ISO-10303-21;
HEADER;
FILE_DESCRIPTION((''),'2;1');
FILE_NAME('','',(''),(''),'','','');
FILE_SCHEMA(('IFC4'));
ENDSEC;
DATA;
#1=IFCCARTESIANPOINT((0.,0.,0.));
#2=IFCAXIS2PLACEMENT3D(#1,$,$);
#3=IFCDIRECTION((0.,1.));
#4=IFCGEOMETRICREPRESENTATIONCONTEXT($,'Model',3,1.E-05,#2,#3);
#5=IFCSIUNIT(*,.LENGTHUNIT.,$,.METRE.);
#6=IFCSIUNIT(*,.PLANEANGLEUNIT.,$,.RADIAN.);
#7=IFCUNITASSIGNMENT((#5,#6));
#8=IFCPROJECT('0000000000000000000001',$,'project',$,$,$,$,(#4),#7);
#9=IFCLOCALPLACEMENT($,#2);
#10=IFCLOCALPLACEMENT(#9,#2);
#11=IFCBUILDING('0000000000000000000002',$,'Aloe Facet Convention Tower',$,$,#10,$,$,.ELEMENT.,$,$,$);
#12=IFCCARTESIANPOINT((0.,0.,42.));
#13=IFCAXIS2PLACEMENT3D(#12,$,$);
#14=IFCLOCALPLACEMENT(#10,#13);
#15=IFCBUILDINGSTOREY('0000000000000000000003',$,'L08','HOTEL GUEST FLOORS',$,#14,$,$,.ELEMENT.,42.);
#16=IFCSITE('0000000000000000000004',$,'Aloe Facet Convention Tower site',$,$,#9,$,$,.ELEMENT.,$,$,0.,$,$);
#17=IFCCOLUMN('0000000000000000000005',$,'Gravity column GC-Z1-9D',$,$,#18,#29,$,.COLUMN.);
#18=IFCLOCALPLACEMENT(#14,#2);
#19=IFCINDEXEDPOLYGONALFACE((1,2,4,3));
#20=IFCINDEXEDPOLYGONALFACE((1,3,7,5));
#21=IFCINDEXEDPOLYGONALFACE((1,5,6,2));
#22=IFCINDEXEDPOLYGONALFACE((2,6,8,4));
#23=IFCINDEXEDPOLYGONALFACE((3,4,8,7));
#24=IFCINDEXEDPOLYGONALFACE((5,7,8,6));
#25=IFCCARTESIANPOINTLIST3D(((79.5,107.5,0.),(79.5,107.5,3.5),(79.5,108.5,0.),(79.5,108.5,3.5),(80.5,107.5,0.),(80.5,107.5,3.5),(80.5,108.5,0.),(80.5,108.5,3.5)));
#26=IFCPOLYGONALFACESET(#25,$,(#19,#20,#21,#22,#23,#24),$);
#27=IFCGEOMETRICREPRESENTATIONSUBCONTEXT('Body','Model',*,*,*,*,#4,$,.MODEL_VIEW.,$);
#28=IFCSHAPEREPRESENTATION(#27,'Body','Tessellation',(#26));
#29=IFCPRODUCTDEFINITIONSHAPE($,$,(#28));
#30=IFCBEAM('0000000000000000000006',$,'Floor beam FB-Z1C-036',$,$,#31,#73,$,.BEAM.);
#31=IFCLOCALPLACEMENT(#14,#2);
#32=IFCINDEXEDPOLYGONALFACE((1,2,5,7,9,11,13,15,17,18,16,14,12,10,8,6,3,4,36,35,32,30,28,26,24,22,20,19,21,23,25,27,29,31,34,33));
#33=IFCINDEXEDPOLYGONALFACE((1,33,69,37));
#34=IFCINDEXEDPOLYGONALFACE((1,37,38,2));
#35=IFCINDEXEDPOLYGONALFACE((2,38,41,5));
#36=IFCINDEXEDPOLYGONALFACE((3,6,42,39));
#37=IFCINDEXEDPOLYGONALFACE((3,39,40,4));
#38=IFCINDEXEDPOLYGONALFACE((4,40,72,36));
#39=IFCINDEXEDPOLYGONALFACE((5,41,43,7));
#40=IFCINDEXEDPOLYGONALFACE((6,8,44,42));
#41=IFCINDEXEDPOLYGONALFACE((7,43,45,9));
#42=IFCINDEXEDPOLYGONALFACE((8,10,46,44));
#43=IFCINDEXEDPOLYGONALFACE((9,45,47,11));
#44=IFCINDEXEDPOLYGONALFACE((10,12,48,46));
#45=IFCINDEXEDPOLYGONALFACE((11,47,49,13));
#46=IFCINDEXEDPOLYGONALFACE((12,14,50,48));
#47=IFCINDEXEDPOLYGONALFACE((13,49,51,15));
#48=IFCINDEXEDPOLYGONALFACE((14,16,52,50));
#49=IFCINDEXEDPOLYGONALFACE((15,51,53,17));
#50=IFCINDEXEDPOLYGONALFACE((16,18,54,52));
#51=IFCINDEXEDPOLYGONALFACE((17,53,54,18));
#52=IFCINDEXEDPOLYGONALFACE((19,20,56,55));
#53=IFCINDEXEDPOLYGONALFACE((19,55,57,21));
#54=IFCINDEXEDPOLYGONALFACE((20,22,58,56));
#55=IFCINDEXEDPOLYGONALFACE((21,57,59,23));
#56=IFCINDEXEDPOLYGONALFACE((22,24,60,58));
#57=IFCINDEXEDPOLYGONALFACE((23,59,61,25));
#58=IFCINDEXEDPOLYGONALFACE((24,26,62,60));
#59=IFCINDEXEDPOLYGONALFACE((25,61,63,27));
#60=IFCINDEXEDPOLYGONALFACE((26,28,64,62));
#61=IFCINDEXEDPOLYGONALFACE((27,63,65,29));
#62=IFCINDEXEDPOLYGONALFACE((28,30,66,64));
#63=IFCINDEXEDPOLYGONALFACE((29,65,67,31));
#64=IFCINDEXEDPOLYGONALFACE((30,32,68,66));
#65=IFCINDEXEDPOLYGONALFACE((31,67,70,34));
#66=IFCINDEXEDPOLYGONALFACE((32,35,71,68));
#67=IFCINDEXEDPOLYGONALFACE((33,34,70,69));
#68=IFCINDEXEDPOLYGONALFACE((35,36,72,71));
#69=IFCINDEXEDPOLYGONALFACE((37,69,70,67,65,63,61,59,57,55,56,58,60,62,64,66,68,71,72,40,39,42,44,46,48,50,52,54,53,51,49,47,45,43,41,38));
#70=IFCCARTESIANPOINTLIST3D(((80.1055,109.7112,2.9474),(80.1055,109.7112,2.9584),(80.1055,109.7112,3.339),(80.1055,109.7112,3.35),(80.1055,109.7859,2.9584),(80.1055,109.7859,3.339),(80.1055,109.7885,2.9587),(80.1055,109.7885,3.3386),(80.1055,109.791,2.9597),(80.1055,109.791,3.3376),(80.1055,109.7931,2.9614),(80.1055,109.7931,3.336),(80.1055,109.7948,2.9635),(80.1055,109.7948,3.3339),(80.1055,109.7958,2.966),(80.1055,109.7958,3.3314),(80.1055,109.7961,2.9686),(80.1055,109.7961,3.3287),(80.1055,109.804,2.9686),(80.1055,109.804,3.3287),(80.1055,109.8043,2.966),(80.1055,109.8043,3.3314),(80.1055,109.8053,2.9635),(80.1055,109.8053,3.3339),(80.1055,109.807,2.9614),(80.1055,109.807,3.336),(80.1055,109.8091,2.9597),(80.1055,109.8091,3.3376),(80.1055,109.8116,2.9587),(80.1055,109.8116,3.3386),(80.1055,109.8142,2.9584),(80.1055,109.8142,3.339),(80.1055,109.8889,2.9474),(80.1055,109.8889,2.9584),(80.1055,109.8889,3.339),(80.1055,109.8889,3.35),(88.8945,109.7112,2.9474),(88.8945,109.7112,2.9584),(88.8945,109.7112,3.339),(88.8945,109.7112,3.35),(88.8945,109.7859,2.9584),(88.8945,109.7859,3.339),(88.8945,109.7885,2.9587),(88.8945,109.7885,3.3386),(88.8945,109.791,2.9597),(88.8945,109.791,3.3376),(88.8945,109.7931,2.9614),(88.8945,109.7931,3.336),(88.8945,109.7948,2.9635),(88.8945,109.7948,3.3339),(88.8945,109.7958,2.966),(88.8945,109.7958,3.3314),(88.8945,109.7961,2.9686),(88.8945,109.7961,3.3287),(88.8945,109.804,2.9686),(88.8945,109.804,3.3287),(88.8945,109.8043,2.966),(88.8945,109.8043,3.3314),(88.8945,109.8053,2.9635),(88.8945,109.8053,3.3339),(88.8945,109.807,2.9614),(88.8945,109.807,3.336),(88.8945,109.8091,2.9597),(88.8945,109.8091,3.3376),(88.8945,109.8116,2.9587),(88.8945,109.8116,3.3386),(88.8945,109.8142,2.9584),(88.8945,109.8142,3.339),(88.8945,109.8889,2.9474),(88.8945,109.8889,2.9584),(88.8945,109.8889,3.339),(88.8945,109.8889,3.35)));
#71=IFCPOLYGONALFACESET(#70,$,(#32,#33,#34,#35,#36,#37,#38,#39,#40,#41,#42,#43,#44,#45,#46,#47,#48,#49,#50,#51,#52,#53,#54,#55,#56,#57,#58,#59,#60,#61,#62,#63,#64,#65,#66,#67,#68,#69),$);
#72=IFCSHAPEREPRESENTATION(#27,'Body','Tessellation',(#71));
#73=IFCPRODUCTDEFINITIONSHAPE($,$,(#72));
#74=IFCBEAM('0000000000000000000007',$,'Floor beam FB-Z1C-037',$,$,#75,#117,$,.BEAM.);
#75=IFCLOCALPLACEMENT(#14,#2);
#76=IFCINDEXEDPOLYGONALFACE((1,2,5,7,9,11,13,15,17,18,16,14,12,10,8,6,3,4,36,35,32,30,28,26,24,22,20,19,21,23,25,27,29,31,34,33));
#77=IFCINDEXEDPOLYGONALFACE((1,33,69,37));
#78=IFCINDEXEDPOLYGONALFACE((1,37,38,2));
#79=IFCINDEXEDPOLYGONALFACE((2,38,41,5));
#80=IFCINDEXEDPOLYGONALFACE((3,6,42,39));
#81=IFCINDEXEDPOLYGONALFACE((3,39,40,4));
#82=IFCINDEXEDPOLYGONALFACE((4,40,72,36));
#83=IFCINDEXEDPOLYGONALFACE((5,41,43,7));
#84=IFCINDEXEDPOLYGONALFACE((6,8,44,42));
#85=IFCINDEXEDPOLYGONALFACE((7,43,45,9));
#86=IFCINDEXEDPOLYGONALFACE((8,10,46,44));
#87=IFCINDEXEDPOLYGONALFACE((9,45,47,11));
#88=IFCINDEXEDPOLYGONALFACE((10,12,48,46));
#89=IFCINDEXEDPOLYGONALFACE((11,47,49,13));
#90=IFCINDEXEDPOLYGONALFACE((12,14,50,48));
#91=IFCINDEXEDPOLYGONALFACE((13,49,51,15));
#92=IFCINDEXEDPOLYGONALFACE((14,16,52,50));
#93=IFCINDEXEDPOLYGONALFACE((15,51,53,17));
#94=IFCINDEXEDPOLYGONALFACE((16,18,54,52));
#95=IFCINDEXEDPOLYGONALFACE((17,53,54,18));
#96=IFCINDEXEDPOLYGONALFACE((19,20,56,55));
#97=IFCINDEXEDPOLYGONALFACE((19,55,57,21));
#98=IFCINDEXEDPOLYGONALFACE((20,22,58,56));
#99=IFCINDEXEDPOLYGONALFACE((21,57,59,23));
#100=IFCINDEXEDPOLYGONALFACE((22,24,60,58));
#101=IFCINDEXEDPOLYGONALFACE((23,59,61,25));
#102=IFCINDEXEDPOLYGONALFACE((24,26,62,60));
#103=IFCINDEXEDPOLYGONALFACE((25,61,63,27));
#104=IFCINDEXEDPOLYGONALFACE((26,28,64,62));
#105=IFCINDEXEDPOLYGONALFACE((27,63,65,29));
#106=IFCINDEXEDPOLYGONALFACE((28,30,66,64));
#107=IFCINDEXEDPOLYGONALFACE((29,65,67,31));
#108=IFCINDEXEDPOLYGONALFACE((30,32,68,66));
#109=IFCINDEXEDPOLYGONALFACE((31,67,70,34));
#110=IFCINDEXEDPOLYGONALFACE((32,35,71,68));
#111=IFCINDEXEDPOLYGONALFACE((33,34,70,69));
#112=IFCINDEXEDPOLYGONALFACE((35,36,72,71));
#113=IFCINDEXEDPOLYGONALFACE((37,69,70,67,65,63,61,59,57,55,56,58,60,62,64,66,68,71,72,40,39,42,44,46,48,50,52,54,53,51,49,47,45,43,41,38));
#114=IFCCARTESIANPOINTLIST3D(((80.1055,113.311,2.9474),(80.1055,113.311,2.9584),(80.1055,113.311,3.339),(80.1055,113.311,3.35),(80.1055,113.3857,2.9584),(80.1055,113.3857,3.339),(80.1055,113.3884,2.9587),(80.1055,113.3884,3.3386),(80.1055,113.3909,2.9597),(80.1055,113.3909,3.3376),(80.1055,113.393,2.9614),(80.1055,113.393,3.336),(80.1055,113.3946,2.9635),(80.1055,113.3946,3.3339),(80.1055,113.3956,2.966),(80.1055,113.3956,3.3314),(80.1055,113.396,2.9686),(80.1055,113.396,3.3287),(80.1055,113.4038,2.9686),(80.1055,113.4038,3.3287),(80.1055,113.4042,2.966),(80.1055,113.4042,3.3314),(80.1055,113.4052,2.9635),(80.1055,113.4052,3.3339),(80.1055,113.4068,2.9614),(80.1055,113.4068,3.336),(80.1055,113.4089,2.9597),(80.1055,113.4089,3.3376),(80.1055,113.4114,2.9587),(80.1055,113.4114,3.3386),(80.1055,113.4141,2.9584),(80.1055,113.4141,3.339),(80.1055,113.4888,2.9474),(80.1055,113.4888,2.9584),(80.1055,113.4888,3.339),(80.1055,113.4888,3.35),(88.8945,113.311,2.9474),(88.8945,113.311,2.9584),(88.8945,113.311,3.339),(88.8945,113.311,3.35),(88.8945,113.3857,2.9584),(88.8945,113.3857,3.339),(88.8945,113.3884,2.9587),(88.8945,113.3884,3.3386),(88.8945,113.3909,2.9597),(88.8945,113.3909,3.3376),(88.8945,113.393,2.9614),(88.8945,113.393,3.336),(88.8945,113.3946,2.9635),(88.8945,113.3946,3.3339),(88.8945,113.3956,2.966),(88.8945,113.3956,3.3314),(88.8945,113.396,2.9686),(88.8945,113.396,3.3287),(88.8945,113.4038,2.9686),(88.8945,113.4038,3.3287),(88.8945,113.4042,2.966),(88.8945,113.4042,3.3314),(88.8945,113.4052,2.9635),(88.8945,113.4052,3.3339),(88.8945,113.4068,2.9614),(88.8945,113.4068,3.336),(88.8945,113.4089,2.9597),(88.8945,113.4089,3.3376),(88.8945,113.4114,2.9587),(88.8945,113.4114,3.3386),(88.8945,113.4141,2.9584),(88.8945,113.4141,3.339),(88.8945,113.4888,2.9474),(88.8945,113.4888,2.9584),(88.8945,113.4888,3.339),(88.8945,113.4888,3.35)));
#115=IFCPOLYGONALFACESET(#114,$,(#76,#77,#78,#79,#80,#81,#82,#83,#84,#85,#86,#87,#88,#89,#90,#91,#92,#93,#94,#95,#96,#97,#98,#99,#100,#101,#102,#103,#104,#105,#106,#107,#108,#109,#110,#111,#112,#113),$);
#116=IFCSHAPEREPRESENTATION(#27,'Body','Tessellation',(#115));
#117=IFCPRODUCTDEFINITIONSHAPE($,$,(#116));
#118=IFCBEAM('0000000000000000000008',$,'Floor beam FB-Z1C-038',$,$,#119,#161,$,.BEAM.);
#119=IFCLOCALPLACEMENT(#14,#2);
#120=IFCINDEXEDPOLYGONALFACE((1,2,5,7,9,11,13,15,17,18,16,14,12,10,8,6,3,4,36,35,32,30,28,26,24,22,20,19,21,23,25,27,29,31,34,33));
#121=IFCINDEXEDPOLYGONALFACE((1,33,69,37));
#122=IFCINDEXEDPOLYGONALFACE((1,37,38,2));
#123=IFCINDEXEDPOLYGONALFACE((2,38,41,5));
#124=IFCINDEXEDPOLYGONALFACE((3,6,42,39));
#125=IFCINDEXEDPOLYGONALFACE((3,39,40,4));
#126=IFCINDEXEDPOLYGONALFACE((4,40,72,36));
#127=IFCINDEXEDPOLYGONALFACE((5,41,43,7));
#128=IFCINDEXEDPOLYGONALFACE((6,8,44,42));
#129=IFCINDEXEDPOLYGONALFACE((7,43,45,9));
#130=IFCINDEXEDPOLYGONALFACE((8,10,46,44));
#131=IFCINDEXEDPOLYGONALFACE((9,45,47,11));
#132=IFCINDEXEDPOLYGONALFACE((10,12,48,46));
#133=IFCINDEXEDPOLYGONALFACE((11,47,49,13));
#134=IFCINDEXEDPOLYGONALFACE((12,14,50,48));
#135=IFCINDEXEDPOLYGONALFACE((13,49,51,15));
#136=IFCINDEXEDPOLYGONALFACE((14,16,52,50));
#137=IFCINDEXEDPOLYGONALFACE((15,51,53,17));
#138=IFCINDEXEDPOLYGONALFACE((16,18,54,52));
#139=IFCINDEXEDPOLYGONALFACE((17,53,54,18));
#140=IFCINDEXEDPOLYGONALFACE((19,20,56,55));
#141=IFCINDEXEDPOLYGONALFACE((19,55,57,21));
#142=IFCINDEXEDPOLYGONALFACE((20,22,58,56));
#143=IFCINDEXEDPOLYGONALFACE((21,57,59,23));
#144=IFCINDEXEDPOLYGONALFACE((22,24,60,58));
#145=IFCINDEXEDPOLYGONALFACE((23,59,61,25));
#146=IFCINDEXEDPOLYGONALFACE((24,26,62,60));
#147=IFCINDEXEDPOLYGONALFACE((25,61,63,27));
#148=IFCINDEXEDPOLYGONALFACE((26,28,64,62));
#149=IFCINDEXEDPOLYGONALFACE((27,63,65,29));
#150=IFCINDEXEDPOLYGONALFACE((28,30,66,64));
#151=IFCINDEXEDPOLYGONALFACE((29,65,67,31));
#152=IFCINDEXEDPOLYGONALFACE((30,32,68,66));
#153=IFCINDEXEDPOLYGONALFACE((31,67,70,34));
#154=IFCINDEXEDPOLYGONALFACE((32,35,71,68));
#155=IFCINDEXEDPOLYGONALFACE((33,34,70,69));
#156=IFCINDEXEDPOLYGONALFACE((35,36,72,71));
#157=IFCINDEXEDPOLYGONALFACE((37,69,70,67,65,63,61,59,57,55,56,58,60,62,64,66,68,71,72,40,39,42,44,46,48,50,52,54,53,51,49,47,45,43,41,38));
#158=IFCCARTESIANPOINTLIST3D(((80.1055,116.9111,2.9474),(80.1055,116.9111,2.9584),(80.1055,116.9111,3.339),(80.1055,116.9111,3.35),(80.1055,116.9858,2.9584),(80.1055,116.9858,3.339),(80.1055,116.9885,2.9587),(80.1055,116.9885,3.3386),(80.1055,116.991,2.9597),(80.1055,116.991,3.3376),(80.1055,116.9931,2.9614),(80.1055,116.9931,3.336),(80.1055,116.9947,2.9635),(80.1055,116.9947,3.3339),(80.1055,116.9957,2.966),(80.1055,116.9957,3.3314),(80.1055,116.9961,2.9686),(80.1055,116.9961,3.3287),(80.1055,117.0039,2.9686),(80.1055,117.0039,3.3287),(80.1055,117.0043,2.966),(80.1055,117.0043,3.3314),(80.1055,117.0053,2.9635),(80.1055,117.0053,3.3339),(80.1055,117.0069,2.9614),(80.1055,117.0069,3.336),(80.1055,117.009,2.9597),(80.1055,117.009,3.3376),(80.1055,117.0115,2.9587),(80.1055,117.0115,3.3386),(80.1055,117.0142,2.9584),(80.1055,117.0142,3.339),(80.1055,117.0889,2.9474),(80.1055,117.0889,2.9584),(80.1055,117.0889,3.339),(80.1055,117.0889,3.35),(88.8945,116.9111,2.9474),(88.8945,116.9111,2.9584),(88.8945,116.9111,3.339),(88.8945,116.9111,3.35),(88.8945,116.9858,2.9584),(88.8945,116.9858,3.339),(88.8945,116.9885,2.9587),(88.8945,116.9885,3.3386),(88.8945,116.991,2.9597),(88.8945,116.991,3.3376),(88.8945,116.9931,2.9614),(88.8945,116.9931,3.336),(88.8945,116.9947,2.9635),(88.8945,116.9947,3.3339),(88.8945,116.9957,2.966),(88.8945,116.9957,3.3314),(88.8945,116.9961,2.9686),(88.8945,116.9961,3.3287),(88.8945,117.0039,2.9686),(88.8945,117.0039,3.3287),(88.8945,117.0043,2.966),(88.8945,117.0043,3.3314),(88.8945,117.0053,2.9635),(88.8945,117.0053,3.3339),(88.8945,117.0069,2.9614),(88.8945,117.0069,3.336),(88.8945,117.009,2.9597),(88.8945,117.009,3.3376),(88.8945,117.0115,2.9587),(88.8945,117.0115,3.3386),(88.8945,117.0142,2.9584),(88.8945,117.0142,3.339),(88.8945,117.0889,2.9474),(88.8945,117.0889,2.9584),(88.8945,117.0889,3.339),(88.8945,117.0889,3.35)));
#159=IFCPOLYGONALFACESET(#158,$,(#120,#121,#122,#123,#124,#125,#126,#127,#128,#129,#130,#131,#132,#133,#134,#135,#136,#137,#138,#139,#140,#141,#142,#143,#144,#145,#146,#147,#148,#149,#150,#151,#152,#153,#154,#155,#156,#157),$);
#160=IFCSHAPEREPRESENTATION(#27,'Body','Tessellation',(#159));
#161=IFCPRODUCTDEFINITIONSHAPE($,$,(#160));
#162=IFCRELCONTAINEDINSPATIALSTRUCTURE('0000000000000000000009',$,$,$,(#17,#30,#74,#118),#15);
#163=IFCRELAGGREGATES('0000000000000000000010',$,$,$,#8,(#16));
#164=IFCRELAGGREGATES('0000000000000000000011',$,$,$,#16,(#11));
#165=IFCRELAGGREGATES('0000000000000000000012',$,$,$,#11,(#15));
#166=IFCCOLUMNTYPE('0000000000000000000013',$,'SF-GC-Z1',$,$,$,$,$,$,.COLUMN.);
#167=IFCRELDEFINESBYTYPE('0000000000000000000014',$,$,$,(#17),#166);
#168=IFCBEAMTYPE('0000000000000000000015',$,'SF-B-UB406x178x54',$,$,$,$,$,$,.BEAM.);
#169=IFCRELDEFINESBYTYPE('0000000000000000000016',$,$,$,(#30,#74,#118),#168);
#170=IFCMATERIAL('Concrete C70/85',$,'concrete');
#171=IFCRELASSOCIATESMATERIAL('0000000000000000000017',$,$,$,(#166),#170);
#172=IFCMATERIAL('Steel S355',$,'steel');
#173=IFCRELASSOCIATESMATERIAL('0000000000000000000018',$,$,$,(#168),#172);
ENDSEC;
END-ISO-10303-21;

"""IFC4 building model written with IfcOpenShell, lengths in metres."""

from ifc_helpers import new_model, si_unit, direction, frame, origin, origin_2d, place, context, subcontext, project, spatial, rectangle, i_section, extrude, material, material_profile, profile_set, type_object, element, save


model = new_model("IFC4")

# Units and contexts
model_context = context("Model", 3, precision=1e-05, world=origin(), true_north=direction((0.0, 1.0)))
body_context = subcontext(model_context, "Body", "Model", "MODEL_VIEW")
ifc_project = project(units=[si_unit("LENGTHUNIT", "METRE"), si_unit("PLANEANGLEUNIT", "RADIAN")], contexts=[model_context])

# Site, building, storey
site_placement = place(None, origin())
site = spatial("IfcSite", under=ifc_project, at=site_placement, Name="Aloe Facet Convention Tower site", CompositionType="ELEMENT", RefElevation=0.0)
building_placement = place(site_placement, origin())
building = spatial("IfcBuilding", under=site, at=building_placement, Name="Aloe Facet Convention Tower", CompositionType="ELEMENT")
storey_placement = place(building_placement, frame((0.0, 0.0, 42.0)))
storey = spatial("IfcBuildingStorey", under=building, at=storey_placement, Name="L08", Description="HOTEL GUEST FLOORS", CompositionType="ELEMENT", Elevation=42.0)

# Column
ifc_material_1 = material(Name="Concrete C70/85", Category="concrete")
ifc_material_profile_1 = material_profile(ifc_material_1, rectangle(XDim=1.0, YDim=1.0, at=origin_2d()), Name="SF-GC-Z1")
ifc_profile_set_1 = profile_set([ifc_material_profile_1], Name="Concrete C70/85")
column_type = type_object("IfcColumnType", Name="SF-GC-Z1", PredefinedType="COLUMN", material=ifc_profile_set_1)
column_placement = place(storey_placement, frame((80.0, 108.0, 0.0), z_axis=(0.0, 0.0, 1.0), x_axis=(1.0, 0.0, 0.0)))
element("IfcColumn", 1, at=column_placement, inside=storey, type_object=column_type, Name="Gravity column GC-Z1-9D", PredefinedType="COLUMN", context=body_context, shape_type="SweptSolid", body=[
    extrude(rectangle(XDim=1.0, YDim=1.0, at=origin_2d()), origin(), (0.0, 0.0, 1.0), 3.5),
])

# Beams
ifc_material_2 = material(Name="Steel S355", Category="steel")
ifc_material_profile_2 = material_profile(ifc_material_2, i_section(OverallWidth=0.1777, OverallDepth=0.4026, WebThickness=0.0078, FlangeThickness=0.011, FilletRadius=0.0103, at=origin_2d()), Name="UB 406x178x54")
ifc_profile_set_2 = profile_set([ifc_material_profile_2], Name="Steel S355")
beam_type_1 = type_object("IfcBeamType", Name="SF-B-UB406x178x54", PredefinedType="BEAM", material=ifc_profile_set_2)
for number, where, z_axis, x_axis, name in (
    (2, (80.1055, 109.8, 3.1487), (1.0, 0.0, 0.0), (0.0, 1.0, 0.0), "Floor beam FB-Z1C-036"),
    (3, (80.1055, 113.3999, 3.1487), (1.0, 0.0, 0.0), (0.0, 1.0, 0.0), "Floor beam FB-Z1C-037"),
    (4, (80.1055, 117.0, 3.1487), (1.0, 0.0, 0.0), (0.0, 1.0, 0.0), "Floor beam FB-Z1C-038"),
):
    element("IfcBeam", number, at=place(storey_placement, frame(where, z_axis=z_axis, x_axis=x_axis)), inside=storey, type_object=beam_type_1, Name=name, PredefinedType="BEAM", context=body_context, shape_type="SweptSolid", body=[
        extrude(i_section(OverallWidth=0.1777, OverallDepth=0.4026, WebThickness=0.0078, FlangeThickness=0.011, FilletRadius=0.0103, at=origin_2d()), origin(), (0.0, 0.0, 1.0), 8.7891),
    ])

save(model, "model.ifc")
